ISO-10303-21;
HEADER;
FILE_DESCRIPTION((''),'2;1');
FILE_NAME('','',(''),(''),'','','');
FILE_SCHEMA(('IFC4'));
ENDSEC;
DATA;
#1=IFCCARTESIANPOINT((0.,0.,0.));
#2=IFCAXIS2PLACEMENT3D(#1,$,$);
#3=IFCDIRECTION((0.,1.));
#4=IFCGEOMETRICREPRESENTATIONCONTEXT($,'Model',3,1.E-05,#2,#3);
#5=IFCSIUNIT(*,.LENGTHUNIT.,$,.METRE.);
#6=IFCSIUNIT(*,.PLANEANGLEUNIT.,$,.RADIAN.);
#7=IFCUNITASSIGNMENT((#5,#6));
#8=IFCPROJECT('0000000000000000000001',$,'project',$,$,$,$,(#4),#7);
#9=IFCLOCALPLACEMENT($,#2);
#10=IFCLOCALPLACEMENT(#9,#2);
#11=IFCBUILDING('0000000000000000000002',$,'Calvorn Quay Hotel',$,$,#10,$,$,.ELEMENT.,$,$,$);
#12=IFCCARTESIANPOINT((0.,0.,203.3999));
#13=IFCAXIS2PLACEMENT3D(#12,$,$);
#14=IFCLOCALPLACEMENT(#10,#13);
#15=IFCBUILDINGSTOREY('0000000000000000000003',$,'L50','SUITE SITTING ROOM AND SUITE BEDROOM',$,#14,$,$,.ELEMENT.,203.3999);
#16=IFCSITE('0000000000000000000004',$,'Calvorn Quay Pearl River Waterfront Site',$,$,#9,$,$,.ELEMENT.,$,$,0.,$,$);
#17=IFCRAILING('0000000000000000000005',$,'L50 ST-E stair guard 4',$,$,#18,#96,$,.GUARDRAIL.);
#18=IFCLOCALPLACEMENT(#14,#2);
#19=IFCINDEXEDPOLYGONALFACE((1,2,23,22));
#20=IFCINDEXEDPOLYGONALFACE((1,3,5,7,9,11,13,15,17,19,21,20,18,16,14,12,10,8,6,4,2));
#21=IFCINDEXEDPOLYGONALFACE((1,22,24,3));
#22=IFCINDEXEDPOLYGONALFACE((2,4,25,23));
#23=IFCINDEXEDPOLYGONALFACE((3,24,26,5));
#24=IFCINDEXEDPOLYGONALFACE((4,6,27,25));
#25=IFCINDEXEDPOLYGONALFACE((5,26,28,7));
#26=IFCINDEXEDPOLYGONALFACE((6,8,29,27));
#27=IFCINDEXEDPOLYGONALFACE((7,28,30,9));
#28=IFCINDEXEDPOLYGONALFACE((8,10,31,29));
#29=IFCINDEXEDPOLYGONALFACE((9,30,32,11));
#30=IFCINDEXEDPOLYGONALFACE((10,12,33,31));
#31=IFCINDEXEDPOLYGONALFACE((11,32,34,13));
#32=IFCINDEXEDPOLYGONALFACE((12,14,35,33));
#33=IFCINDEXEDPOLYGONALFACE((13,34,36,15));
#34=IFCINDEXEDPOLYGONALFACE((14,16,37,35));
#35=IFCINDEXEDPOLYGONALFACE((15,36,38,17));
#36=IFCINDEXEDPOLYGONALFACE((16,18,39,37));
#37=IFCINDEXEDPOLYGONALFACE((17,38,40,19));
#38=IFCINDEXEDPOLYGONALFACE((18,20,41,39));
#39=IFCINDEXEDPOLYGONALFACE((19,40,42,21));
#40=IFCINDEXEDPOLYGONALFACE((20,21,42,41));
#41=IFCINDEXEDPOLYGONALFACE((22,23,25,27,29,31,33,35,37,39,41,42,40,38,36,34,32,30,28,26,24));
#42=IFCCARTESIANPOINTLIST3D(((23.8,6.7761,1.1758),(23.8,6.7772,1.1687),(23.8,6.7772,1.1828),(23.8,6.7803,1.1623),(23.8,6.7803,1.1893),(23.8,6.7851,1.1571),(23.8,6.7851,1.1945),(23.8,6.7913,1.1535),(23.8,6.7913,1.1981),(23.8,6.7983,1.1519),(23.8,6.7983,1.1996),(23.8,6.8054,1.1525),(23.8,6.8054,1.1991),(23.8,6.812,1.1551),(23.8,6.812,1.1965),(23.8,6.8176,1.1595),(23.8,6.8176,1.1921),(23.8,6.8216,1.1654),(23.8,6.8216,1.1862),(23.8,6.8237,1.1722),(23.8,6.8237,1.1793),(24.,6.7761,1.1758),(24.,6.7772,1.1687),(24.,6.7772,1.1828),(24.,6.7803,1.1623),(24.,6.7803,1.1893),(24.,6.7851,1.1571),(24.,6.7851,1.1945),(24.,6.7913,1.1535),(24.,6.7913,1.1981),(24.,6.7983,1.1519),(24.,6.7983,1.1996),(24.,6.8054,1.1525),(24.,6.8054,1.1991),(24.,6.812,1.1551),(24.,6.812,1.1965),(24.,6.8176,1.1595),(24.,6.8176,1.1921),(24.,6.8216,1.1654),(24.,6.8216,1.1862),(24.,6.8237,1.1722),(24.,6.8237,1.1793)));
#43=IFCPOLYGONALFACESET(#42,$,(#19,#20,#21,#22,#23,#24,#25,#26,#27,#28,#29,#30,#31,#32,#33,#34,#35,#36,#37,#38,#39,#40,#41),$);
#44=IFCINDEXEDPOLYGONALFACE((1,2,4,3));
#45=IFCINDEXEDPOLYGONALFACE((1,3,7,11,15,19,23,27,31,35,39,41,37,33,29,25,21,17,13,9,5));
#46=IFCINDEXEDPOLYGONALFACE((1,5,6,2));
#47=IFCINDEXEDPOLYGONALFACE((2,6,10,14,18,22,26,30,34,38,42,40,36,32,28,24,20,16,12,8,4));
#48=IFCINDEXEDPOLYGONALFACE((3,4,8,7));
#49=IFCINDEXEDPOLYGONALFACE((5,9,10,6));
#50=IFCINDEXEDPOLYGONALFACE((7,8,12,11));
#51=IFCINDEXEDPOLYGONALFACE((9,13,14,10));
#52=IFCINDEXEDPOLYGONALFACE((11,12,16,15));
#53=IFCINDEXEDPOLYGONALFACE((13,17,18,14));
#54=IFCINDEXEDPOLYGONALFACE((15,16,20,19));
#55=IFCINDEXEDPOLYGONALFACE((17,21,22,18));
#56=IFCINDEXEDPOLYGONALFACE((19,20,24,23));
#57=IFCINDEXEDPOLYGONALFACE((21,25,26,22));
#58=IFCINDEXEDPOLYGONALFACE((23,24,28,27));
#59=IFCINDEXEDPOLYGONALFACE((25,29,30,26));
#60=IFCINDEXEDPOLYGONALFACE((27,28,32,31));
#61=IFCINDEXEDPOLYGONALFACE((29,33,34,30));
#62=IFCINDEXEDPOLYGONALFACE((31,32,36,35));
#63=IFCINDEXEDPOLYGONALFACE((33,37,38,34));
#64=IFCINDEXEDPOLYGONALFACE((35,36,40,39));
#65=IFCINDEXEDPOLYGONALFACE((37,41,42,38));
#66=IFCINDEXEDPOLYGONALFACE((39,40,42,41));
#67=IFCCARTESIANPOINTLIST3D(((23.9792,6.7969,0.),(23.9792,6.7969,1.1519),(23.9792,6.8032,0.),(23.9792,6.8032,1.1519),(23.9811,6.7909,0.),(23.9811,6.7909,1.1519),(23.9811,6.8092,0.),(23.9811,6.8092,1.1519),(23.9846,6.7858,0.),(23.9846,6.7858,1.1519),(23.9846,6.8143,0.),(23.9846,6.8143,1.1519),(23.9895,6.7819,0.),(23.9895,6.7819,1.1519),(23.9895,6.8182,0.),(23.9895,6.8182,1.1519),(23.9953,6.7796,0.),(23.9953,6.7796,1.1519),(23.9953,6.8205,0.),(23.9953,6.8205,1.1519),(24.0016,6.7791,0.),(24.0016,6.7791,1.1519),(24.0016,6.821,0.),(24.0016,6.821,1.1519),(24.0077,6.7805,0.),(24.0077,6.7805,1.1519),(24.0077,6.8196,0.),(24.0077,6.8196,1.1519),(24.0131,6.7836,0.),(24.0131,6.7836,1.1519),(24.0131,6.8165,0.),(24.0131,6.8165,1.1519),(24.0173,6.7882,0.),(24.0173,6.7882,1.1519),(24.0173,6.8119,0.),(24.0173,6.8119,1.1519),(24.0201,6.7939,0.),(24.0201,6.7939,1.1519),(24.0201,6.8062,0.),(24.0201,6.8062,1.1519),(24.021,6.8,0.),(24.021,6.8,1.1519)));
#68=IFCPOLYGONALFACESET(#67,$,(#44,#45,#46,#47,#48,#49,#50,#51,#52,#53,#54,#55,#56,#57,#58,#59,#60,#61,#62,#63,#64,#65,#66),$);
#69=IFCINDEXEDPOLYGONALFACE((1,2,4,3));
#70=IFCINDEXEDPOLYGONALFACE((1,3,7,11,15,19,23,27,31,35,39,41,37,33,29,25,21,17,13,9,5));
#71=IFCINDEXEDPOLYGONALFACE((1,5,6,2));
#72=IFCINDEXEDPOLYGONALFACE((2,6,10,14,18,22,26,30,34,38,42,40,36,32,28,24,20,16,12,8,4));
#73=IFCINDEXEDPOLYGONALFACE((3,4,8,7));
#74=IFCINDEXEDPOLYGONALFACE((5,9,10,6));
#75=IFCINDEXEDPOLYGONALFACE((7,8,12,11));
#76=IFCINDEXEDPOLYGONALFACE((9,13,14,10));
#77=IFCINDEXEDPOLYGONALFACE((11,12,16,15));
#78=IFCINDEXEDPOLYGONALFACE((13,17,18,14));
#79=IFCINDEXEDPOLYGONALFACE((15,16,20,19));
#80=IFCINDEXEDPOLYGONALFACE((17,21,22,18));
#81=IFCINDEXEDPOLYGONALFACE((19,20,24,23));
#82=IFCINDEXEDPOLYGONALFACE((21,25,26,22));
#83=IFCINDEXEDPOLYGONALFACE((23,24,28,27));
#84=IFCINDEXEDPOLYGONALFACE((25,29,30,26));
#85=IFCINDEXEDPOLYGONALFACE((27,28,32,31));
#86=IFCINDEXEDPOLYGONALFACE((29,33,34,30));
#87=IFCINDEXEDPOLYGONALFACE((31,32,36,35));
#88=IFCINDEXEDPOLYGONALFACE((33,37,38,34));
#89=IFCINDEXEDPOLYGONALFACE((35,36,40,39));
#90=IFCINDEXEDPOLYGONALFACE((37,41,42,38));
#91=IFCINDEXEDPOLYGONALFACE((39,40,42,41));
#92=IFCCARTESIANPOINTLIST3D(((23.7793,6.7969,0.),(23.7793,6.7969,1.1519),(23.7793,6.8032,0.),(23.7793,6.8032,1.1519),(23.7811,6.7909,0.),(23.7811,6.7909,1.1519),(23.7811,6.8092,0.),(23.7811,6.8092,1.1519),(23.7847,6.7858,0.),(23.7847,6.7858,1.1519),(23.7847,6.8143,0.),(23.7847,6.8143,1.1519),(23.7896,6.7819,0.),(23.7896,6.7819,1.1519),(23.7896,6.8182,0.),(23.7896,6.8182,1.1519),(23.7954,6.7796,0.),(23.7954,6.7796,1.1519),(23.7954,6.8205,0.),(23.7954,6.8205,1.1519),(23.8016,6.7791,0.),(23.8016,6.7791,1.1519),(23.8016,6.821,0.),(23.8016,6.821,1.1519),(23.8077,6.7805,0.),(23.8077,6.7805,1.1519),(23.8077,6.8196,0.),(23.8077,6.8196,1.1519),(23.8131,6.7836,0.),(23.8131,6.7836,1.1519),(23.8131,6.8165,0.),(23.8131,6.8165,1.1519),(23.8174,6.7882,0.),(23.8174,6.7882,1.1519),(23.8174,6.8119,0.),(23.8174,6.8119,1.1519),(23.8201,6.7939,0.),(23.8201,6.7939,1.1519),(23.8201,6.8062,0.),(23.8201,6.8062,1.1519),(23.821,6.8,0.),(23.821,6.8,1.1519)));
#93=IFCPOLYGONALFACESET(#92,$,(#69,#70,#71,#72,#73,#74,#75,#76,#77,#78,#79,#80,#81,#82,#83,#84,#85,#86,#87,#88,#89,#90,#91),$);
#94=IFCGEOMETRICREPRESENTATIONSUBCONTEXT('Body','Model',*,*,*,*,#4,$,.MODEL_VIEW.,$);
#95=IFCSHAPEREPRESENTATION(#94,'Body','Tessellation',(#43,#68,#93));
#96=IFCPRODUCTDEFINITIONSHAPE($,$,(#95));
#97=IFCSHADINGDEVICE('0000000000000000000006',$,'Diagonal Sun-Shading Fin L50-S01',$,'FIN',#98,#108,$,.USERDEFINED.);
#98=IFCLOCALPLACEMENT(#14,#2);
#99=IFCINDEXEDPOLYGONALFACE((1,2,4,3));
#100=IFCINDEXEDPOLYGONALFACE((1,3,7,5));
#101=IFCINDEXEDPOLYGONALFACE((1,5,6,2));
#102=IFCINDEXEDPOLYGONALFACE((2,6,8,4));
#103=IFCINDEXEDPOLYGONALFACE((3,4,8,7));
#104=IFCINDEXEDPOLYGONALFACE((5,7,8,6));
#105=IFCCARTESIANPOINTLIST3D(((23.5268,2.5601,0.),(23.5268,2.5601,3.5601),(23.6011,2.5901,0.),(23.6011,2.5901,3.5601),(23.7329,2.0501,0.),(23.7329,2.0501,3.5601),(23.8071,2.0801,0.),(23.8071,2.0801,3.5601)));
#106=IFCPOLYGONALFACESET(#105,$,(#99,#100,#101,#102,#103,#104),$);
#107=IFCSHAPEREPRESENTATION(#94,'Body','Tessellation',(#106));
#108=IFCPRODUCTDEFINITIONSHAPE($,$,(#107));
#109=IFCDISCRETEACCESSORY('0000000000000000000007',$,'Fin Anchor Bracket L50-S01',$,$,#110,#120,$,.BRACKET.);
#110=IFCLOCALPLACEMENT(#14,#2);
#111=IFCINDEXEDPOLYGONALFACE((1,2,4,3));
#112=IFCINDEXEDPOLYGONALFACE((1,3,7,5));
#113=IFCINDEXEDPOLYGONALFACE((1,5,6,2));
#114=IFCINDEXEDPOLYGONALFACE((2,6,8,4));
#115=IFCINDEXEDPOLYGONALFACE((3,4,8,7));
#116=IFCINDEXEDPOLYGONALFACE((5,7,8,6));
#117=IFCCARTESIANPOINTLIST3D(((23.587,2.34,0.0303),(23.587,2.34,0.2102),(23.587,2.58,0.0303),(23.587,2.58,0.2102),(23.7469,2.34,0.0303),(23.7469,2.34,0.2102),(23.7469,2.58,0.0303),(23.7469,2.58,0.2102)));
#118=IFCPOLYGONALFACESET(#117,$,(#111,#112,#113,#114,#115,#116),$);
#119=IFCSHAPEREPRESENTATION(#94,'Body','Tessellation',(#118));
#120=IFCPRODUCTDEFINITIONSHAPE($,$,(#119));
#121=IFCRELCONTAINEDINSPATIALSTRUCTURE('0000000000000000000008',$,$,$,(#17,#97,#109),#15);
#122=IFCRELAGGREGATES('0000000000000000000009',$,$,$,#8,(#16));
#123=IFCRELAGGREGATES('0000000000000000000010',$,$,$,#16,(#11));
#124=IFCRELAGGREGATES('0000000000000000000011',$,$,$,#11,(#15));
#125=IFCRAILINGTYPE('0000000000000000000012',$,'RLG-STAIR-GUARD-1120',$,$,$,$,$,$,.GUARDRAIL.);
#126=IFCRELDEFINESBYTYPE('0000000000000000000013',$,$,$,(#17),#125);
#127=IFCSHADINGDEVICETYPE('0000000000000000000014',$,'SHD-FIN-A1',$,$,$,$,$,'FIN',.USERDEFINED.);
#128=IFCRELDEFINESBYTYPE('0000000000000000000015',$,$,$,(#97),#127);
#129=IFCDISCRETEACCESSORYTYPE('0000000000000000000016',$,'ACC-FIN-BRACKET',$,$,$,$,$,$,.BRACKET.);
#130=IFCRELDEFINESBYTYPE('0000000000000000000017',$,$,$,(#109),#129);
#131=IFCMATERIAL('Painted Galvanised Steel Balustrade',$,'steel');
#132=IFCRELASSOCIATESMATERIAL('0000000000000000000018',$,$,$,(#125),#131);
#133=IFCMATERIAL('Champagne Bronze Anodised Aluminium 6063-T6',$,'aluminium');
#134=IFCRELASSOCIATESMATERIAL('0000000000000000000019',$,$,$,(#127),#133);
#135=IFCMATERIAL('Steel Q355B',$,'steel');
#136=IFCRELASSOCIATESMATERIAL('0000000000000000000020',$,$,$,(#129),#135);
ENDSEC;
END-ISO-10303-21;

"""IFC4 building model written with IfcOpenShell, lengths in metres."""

from ifc_helpers import new_model, si_unit, direction, frame, origin, origin_2d, place, context, subcontext, project, spatial, rectangle, circle, extrude, material, type_object, element, save


model = new_model("IFC4")

# Units and contexts
model_context = context("Model", 3, precision=1e-05, world=origin(), true_north=direction((0.0, 1.0)))
body_context = subcontext(model_context, "Body", "Model", "MODEL_VIEW")
ifc_project = project(units=[si_unit("LENGTHUNIT", "METRE"), si_unit("PLANEANGLEUNIT", "RADIAN")], contexts=[model_context])

# Site, building, storey
site_placement = place(None, origin())
site = spatial("IfcSite", under=ifc_project, at=site_placement, Name="Calvorn Quay Pearl River Waterfront Site", CompositionType="ELEMENT", RefElevation=0.0)
building_placement = place(site_placement, origin())
building = spatial("IfcBuilding", under=site, at=building_placement, Name="Calvorn Quay Hotel", CompositionType="ELEMENT")
storey_placement = place(building_placement, frame((0.0, 0.0, 203.3999)))
storey = spatial("IfcBuildingStorey", under=building, at=storey_placement, Name="L50", Description="SUITE SITTING ROOM AND SUITE BEDROOM", CompositionType="ELEMENT", Elevation=203.3999)

# Railing
ifc_material_1 = material(Name="Painted Galvanised Steel Balustrade", Category="steel")
railing_type_1 = type_object("IfcRailingType", Name="RLG-STAIR-GUARD-1120", PredefinedType="GUARDRAIL", material=ifc_material_1)
railing_1_placement = place(storey_placement, frame((24.0, 6.8, 0.0)))
element("IfcRailing", 1, at=railing_1_placement, inside=storey, type_object=railing_type_1, Name="L50 ST-E stair guard 4", PredefinedType="GUARDRAIL", context=body_context, shape_type="SweptSolid", body=[
    extrude(circle(Radius=0.0239, at=origin_2d()), frame((0.0, 0.0, 1.1758), z_axis=(-1.0, 0.0, 0.0), x_axis=(0.0, -1.0, 0.0)), (0.0, 0.0, 1.0), 0.2),
    extrude(circle(Radius=0.021, at=origin_2d()), origin(), (0.0, 0.0, 1.0), 1.1519),
    extrude(circle(Radius=0.021, at=origin_2d()), frame((-0.2, 0.0, 0.0)), (0.0, 0.0, 1.0), 1.1519),
])

# Shading device
ifc_material_2 = material(Name="Champagne Bronze Anodised Aluminium 6063-T6", Category="aluminium")
shading_device_type = type_object("IfcShadingDeviceType", Name="SHD-FIN-A1", ElementType="FIN", PredefinedType="USERDEFINED", material=ifc_material_2)
shading_device_placement = place(storey_placement, frame((23.667, 2.3201, 0.0), z_axis=(0.0, 0.0, 1.0), x_axis=(-0.374607, 0.927184, 0.0)))
element("IfcShadingDevice", 2, at=shading_device_placement, inside=storey, type_object=shading_device_type, Name="Diagonal Sun-Shading Fin L50-S01", ObjectType="FIN", PredefinedType="USERDEFINED", context=body_context, shape_type="SweptSolid", body=[
    extrude(rectangle(XDim=0.55, YDim=0.0801, at=origin_2d()), origin(), (0.0, 0.0, 1.0), 3.5601),
])

# Discrete accessory
ifc_material_3 = material(Name="Steel Q355B", Category="steel")
discrete_accessory_type = type_object("IfcDiscreteAccessoryType", Name="ACC-FIN-BRACKET", PredefinedType="BRACKET", material=ifc_material_3)
discrete_accessory_placement = place(storey_placement, frame((23.667, 2.46, 0.0303), z_axis=(0.0, 0.0, 1.0), x_axis=(0.0, 1.0, 0.0)))
element("IfcDiscreteAccessory", 3, at=discrete_accessory_placement, inside=storey, type_object=discrete_accessory_type, Name="Fin Anchor Bracket L50-S01", PredefinedType="BRACKET", context=body_context, shape_type="SweptSolid", body=[
    extrude(rectangle(XDim=0.24, YDim=0.1599, at=origin_2d()), origin(), (0.0, 0.0, 1.0), 0.1799),
])

save(model, "model.ifc")
